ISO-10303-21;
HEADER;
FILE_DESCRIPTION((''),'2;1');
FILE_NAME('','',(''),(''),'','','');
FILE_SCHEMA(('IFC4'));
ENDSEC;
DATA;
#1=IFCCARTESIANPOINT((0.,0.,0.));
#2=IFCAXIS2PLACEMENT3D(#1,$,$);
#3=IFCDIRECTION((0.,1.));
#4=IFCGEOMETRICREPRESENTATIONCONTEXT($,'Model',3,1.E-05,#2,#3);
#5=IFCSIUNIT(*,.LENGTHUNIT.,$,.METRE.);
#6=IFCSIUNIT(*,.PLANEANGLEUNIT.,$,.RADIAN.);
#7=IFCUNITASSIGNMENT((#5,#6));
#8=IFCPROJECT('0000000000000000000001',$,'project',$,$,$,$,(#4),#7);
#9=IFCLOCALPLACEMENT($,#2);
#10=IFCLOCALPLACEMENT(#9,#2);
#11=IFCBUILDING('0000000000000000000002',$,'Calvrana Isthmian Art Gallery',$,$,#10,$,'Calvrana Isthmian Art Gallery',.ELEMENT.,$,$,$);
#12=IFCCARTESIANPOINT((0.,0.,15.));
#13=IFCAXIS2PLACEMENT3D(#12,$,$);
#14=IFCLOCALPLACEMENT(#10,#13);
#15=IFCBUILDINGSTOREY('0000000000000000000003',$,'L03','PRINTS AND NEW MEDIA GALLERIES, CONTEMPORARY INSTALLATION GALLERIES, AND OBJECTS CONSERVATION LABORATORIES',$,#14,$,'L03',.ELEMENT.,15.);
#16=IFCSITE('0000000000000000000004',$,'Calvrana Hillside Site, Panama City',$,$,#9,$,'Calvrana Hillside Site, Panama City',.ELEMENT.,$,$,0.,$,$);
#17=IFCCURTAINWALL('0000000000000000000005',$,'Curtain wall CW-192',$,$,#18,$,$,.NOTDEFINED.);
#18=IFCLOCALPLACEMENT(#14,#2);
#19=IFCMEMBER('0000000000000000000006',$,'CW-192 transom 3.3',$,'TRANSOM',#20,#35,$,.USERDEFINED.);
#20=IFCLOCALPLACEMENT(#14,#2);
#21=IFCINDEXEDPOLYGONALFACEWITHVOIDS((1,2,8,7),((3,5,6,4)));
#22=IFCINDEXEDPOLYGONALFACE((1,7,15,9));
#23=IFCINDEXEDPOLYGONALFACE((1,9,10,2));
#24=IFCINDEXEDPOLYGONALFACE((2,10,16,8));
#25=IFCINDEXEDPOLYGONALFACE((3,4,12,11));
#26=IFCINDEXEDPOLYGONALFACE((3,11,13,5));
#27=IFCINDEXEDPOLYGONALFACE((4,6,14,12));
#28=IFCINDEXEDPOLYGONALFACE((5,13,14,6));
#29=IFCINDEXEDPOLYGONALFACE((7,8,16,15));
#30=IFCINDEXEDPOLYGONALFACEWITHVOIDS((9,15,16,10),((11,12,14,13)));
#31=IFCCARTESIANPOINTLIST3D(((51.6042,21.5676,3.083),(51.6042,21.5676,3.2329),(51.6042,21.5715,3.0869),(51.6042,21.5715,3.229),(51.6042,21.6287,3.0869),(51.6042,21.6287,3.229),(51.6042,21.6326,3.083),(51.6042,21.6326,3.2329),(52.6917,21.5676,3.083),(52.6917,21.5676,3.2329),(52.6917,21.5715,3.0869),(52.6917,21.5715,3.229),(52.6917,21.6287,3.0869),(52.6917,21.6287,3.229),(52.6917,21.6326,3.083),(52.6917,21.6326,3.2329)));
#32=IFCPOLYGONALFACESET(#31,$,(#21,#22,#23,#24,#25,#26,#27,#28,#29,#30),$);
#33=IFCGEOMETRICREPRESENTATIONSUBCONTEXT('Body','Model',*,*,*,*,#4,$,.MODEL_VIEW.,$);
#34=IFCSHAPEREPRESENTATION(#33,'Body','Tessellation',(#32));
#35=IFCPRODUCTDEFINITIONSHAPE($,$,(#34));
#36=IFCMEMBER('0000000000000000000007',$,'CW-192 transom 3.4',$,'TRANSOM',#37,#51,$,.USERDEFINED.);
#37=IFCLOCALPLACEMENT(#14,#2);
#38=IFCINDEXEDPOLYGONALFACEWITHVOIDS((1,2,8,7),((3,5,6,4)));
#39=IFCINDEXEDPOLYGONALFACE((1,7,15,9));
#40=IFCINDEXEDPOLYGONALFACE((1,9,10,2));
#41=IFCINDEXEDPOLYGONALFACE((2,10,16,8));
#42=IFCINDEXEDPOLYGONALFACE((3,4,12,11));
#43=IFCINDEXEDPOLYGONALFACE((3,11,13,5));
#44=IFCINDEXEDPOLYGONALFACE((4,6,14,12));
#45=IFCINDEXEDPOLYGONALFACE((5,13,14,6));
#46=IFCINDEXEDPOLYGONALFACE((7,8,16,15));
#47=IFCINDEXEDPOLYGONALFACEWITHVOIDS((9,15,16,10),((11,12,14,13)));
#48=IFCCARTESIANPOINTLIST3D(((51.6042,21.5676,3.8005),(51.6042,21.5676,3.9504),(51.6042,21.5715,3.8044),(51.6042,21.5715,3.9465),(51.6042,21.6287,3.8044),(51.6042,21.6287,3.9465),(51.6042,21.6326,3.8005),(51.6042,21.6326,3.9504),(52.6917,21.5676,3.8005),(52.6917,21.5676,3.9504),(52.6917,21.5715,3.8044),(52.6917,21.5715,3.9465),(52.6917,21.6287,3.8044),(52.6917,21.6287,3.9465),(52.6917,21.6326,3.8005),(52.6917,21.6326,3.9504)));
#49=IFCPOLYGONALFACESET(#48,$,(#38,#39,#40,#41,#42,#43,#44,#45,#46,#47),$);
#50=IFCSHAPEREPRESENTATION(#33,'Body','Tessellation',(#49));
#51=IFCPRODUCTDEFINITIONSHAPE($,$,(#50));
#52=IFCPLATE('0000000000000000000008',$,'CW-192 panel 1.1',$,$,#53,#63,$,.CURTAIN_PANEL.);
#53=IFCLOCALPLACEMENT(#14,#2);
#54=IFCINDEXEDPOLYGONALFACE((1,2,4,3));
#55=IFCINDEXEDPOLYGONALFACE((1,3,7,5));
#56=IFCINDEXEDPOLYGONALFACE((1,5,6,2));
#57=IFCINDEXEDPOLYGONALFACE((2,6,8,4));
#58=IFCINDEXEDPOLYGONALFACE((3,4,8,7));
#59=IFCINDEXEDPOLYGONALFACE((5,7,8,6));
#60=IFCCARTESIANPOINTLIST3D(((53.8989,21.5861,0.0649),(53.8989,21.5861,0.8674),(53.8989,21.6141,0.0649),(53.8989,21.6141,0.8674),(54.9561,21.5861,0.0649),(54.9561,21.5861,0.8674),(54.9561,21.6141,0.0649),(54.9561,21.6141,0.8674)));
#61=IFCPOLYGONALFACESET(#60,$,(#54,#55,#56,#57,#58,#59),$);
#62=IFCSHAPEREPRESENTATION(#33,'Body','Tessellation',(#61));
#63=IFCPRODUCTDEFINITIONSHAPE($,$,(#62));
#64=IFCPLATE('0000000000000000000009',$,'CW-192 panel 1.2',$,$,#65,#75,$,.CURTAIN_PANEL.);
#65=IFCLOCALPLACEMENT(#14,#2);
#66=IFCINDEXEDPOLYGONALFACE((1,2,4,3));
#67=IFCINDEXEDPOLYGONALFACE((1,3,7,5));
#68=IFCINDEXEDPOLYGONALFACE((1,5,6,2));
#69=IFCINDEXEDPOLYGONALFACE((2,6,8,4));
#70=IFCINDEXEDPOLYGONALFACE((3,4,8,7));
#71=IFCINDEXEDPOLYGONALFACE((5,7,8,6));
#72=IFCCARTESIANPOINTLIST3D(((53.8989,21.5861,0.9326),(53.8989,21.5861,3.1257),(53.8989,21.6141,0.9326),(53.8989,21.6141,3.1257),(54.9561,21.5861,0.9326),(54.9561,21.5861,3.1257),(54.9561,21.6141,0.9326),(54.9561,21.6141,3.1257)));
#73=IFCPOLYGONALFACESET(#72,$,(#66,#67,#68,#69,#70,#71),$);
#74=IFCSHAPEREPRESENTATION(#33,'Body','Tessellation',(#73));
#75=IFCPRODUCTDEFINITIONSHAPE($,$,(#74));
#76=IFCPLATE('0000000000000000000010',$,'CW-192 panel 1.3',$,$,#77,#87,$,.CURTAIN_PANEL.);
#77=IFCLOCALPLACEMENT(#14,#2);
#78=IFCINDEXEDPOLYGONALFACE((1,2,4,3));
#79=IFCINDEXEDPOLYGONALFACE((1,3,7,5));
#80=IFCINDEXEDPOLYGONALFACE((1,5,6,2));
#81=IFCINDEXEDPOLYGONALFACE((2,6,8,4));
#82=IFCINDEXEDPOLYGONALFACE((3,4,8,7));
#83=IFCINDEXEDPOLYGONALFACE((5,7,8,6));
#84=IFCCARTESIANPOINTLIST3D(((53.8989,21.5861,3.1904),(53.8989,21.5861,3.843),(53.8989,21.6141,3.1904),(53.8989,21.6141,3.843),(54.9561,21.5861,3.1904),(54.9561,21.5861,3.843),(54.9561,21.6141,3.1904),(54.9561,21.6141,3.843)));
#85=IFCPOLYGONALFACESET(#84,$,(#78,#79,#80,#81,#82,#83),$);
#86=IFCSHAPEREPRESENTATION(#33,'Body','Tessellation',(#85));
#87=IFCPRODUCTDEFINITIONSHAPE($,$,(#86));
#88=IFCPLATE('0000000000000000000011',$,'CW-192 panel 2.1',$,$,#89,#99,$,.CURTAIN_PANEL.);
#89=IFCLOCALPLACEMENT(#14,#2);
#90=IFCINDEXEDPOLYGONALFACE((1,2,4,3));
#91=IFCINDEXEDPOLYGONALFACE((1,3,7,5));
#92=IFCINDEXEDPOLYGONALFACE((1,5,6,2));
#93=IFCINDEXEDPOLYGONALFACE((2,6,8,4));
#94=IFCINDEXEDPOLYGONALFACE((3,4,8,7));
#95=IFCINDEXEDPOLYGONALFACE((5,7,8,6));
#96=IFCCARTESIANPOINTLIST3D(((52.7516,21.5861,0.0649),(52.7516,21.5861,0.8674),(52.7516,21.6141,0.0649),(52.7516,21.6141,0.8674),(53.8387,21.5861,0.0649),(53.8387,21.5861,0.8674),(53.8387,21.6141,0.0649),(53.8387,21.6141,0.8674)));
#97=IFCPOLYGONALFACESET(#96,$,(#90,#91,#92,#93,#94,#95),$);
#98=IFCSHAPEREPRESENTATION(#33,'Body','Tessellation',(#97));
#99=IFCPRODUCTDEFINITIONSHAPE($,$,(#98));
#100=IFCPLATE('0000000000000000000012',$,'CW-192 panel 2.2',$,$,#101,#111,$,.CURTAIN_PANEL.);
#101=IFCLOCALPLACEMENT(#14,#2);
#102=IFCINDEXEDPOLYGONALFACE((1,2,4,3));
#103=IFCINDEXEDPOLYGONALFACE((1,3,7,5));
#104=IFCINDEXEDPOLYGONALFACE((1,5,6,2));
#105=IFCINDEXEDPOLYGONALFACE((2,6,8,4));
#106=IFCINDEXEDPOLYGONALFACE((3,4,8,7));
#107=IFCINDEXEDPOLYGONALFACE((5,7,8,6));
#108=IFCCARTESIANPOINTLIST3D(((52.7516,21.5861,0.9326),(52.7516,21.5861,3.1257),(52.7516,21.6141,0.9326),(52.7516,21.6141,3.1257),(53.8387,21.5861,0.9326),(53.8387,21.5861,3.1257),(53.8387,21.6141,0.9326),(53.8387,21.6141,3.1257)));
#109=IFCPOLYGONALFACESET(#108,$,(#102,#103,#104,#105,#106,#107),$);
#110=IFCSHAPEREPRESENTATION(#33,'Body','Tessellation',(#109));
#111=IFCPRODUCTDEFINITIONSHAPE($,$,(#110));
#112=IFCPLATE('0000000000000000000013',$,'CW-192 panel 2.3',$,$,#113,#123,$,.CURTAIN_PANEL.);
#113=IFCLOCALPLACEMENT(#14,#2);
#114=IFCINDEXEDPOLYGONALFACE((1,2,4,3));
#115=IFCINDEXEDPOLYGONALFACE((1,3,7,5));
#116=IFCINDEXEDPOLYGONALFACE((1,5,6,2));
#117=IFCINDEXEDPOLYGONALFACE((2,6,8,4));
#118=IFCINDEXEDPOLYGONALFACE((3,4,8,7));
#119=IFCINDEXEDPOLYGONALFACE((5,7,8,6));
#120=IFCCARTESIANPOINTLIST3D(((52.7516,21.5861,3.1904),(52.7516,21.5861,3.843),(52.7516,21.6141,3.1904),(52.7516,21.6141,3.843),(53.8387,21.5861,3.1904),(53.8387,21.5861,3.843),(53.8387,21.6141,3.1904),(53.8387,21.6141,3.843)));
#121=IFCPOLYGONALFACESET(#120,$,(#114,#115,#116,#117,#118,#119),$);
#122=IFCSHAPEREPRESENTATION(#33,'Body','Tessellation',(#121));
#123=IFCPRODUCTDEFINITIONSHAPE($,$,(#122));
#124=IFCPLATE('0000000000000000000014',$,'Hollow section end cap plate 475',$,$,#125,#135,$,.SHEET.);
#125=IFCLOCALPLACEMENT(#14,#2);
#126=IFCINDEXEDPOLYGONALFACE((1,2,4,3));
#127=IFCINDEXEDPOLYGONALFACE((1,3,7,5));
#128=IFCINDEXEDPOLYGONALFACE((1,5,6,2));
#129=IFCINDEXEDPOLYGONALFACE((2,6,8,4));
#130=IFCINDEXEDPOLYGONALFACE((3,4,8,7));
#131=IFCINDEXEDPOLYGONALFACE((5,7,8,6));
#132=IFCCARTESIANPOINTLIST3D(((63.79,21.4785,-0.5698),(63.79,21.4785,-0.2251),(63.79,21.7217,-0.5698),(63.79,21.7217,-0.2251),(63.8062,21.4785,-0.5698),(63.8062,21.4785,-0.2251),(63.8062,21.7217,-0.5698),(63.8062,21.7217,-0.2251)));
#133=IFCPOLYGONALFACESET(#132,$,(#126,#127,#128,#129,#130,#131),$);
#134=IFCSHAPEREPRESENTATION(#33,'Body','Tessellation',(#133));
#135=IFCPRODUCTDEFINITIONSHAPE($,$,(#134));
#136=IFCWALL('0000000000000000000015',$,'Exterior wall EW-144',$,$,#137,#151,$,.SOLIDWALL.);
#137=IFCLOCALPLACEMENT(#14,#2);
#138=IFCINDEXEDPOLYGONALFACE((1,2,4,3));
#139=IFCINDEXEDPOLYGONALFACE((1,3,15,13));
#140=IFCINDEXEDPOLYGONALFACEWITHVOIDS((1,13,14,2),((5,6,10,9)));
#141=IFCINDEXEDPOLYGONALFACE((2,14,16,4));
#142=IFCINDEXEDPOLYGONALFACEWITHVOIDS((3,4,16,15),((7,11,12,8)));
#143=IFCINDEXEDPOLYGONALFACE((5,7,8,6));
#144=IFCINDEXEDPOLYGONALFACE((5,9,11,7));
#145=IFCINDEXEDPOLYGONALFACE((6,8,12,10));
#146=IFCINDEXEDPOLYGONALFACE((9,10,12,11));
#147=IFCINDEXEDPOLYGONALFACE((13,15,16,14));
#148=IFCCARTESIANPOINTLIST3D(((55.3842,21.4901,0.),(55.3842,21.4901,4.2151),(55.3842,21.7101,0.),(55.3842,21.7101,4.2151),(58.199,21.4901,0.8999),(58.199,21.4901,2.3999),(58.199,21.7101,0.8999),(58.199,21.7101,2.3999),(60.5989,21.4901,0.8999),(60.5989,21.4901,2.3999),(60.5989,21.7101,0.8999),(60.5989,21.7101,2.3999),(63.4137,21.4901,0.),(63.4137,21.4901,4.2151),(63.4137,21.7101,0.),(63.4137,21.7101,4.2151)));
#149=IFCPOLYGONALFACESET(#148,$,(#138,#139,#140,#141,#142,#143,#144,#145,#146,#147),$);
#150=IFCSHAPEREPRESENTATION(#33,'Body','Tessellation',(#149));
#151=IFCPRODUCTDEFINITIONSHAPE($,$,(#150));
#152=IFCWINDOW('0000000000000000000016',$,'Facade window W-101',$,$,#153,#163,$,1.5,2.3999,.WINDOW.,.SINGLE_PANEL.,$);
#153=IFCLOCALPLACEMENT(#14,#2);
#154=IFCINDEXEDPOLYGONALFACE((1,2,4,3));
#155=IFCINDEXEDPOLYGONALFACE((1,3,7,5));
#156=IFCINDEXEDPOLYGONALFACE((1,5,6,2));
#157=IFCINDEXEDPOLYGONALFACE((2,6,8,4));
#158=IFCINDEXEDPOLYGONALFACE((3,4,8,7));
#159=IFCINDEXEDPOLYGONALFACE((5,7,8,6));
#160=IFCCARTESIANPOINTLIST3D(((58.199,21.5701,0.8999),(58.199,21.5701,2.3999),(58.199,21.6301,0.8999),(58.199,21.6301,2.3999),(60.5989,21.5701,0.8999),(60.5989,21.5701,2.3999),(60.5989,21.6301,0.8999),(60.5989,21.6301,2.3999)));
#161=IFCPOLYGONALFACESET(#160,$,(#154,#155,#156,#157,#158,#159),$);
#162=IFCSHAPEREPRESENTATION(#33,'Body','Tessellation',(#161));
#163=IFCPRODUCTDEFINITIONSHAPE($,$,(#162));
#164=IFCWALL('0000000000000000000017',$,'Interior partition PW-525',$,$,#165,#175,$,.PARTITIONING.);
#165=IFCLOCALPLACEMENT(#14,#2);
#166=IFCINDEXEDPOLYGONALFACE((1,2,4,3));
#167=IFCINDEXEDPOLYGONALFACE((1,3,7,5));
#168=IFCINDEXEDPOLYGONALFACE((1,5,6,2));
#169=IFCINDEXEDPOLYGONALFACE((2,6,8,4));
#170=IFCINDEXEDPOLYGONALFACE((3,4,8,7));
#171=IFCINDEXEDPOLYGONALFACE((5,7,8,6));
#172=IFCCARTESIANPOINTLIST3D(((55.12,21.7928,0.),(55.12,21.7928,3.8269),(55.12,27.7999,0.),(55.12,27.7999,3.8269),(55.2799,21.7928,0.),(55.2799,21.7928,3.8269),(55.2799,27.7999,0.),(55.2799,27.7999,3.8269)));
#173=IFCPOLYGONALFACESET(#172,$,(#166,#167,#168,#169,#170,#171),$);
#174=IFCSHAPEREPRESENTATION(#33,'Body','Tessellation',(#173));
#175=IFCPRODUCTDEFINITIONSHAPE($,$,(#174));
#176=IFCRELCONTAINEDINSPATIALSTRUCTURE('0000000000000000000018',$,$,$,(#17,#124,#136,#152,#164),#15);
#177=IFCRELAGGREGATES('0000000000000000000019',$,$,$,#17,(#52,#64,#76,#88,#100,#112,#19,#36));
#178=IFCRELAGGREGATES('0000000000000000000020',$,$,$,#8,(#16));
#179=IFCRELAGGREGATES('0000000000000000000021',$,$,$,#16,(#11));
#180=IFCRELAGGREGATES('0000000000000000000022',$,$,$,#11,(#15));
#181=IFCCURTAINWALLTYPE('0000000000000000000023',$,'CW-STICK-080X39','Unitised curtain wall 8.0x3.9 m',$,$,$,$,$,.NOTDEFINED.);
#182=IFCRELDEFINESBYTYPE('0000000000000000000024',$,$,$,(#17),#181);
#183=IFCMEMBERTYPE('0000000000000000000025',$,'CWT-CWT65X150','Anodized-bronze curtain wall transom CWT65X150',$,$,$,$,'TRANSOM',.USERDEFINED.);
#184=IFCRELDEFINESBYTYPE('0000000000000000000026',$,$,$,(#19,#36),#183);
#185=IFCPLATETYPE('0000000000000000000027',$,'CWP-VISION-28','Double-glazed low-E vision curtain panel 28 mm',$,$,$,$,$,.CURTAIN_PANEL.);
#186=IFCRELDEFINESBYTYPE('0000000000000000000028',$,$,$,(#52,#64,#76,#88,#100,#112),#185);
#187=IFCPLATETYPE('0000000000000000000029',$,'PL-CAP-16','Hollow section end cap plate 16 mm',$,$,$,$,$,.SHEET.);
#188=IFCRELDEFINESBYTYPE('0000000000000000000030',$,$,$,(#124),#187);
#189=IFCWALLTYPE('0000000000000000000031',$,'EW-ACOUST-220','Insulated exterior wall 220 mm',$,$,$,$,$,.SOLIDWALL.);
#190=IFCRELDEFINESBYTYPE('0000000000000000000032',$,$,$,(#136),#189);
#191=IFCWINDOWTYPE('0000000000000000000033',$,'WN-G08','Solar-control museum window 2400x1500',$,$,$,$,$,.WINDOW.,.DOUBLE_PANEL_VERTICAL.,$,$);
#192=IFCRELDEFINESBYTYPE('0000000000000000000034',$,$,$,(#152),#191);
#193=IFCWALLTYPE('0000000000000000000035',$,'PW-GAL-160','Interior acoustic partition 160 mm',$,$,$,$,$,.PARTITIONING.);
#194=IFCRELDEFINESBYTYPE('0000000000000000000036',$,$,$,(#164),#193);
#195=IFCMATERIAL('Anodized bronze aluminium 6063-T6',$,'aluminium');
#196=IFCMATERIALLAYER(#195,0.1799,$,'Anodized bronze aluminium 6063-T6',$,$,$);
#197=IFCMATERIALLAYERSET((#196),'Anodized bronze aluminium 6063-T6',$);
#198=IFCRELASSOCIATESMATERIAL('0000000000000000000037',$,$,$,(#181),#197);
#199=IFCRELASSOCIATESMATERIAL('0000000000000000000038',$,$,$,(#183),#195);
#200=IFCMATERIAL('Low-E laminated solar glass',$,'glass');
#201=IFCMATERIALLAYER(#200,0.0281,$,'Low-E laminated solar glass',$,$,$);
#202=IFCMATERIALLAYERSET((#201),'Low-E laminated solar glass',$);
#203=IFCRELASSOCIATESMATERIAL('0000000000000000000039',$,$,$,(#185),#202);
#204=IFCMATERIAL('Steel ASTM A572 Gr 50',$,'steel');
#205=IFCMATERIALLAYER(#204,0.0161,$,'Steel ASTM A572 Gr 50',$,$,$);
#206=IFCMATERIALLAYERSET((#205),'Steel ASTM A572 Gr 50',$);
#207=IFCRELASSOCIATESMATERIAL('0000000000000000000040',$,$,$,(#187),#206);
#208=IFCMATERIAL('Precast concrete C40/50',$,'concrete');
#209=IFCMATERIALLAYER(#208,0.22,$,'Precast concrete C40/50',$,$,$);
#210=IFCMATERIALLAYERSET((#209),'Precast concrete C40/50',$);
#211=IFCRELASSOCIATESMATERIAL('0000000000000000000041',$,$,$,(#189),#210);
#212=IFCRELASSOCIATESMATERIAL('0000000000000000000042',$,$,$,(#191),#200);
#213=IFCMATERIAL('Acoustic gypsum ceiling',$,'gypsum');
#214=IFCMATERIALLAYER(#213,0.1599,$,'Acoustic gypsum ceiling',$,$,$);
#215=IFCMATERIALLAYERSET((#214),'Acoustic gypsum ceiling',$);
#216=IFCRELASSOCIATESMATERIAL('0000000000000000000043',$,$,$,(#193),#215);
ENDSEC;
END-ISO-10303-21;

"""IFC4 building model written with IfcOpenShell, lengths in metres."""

from ifc_helpers import new_model, si_unit, direction, frame, frame_2d, origin, origin_2d, place, context, subcontext, project, spatial, rectangle, hollow_rectangle, extrude, material, layer, layer_set, material_profile, profile_set, type_object, element, fill, aggregate, save


model = new_model("IFC4")

# Units and contexts
model_context = context("Model", 3, precision=1e-05, world=origin(), true_north=direction((0.0, 1.0)))
body_context = subcontext(model_context, "Body", "Model", "MODEL_VIEW")
ifc_project = project(units=[si_unit("LENGTHUNIT", "METRE"), si_unit("PLANEANGLEUNIT", "RADIAN")], contexts=[model_context])

# Site, building, storey
site_placement = place(None, origin())
site = spatial("IfcSite", under=ifc_project, at=site_placement, Name="Calvrana Hillside Site, Panama City", LongName="Calvrana Hillside Site, Panama City", CompositionType="ELEMENT", RefElevation=0.0)
building_placement = place(site_placement, origin())
building = spatial("IfcBuilding", under=site, at=building_placement, Name="Calvrana Isthmian Art Gallery", LongName="Calvrana Isthmian Art Gallery", CompositionType="ELEMENT")
storey_placement = place(building_placement, frame((0.0, 0.0, 15.0)))
storey = spatial("IfcBuildingStorey", under=building, at=storey_placement, Name="L03", Description="PRINTS AND NEW MEDIA GALLERIES, CONTEMPORARY INSTALLATION GALLERIES, AND OBJECTS CONSERVATION LABORATORIES", LongName="L03", CompositionType="ELEMENT", Elevation=15.0)

# Curtain wall, members, plates
ifc_material_1 = material(Name="Anodized bronze aluminium 6063-T6", Category="aluminium")
ifc_layer_1 = layer(ifc_material_1, 0.1799, Name="Anodized bronze aluminium 6063-T6")
ifc_layer_set_1 = layer_set([ifc_layer_1], Name="Anodized bronze aluminium 6063-T6")
curtain_wall_type = type_object("IfcCurtainWallType", Name="CW-STICK-080X39", Description="Unitised curtain wall 8.0x3.9 m", PredefinedType="NOTDEFINED", material=ifc_layer_set_1)
curtain_wall_placement = place(storey_placement, origin())
curtain_wall = element("IfcCurtainWall", 1, at=curtain_wall_placement, inside=storey, type_object=curtain_wall_type, Name="Curtain wall CW-192", PredefinedType="NOTDEFINED")
ifc_material_profile_1 = material_profile(ifc_material_1, hollow_rectangle(XDim=0.0649, YDim=0.1499, WallThickness=0.0039, at=origin_2d()), Name="CWT65X150")
ifc_profile_set_1 = profile_set([ifc_material_profile_1], Name="Anodized bronze aluminium 6063-T6")
member_type_1 = type_object("IfcMemberType", Name="CWT-CWT65X150", Description="Anodized-bronze curtain wall transom CWT65X150", ElementType="TRANSOM", PredefinedType="USERDEFINED", material=ifc_profile_set_1)
member_1_placement = place(storey_placement, frame((52.6917, 21.6001, 3.158), z_axis=(-1.0, 0.0, 0.0), x_axis=(0.0, -1.0, 0.0)))
member_1 = element("IfcMember", 2, at=member_1_placement, type_object=member_type_1, Name="CW-192 transom 3.3", ObjectType="TRANSOM", PredefinedType="USERDEFINED", context=body_context, shape_type="SweptSolid", body=[
    extrude(hollow_rectangle(XDim=0.0649, YDim=0.1499, WallThickness=0.0039, at=origin_2d()), origin(), (0.0, 0.0, 1.0), 1.0874),
])
member_2_placement = place(storey_placement, frame((52.6917, 21.6001, 3.8755), z_axis=(-1.0, 0.0, 0.0), x_axis=(0.0, -1.0, 0.0)))
member_2 = element("IfcMember", 3, at=member_2_placement, type_object=member_type_1, Name="CW-192 transom 3.4", ObjectType="TRANSOM", PredefinedType="USERDEFINED", context=body_context, shape_type="SweptSolid", body=[
    extrude(hollow_rectangle(XDim=0.0649, YDim=0.1499, WallThickness=0.0039, at=origin_2d()), origin(), (0.0, 0.0, 1.0), 1.0874),
])
ifc_material_2 = material(Name="Low-E laminated solar glass", Category="glass")
ifc_layer_2 = layer(ifc_material_2, 0.0281, Name="Low-E laminated solar glass")
ifc_layer_set_2 = layer_set([ifc_layer_2], Name="Low-E laminated solar glass")
plate_type_1 = type_object("IfcPlateType", Name="CWP-VISION-28", Description="Double-glazed low-E vision curtain panel 28 mm", PredefinedType="CURTAIN_PANEL", material=ifc_layer_set_2)
plate_1_placement = place(storey_placement, frame((54.4275, 21.6001, 0.0649), z_axis=(0.0, 0.0, 1.0), x_axis=(-1.0, 0.0, 0.0)))
plate_1 = element("IfcPlate", 4, at=plate_1_placement, type_object=plate_type_1, Name="CW-192 panel 1.1", PredefinedType="CURTAIN_PANEL", context=body_context, shape_type="SweptSolid", body=[
    extrude(rectangle(XDim=1.0571, YDim=0.0281, at=origin_2d()), origin(), (0.0, 0.0, 1.0), 0.8025),
])
plate_2_placement = place(storey_placement, frame((54.4275, 21.6001, 0.9326), z_axis=(0.0, 0.0, 1.0), x_axis=(-1.0, 0.0, 0.0)))
plate_2 = element("IfcPlate", 5, at=plate_2_placement, type_object=plate_type_1, Name="CW-192 panel 1.2", PredefinedType="CURTAIN_PANEL", context=body_context, shape_type="SweptSolid", body=[
    extrude(rectangle(XDim=1.0571, YDim=0.0281, at=origin_2d()), origin(), (0.0, 0.0, 1.0), 2.1931),
])
plate_3_placement = place(storey_placement, frame((54.4275, 21.6001, 3.1904), z_axis=(0.0, 0.0, 1.0), x_axis=(-1.0, 0.0, 0.0)))
plate_3 = element("IfcPlate", 6, at=plate_3_placement, type_object=plate_type_1, Name="CW-192 panel 1.3", PredefinedType="CURTAIN_PANEL", context=body_context, shape_type="SweptSolid", body=[
    extrude(rectangle(XDim=1.0571, YDim=0.0281, at=origin_2d()), origin(), (0.0, 0.0, 1.0), 0.6526),
])
plate_4_placement = place(storey_placement, frame((53.2952, 21.6001, 0.0649), z_axis=(0.0, 0.0, 1.0), x_axis=(-1.0, 0.0, 0.0)))
plate_4 = element("IfcPlate", 7, at=plate_4_placement, type_object=plate_type_1, Name="CW-192 panel 2.1", PredefinedType="CURTAIN_PANEL", context=body_context, shape_type="SweptSolid", body=[
    extrude(rectangle(XDim=1.0872, YDim=0.0281, at=origin_2d()), origin(), (0.0, 0.0, 1.0), 0.8025),
])
plate_5_placement = place(storey_placement, frame((53.2952, 21.6001, 0.9326), z_axis=(0.0, 0.0, 1.0), x_axis=(-1.0, 0.0, 0.0)))
plate_5 = element("IfcPlate", 8, at=plate_5_placement, type_object=plate_type_1, Name="CW-192 panel 2.2", PredefinedType="CURTAIN_PANEL", context=body_context, shape_type="SweptSolid", body=[
    extrude(rectangle(XDim=1.0872, YDim=0.0281, at=origin_2d()), origin(), (0.0, 0.0, 1.0), 2.1931),
])
plate_6_placement = place(storey_placement, frame((53.2952, 21.6001, 3.1904), z_axis=(0.0, 0.0, 1.0), x_axis=(-1.0, 0.0, 0.0)))
plate_6 = element("IfcPlate", 9, at=plate_6_placement, type_object=plate_type_1, Name="CW-192 panel 2.3", PredefinedType="CURTAIN_PANEL", context=body_context, shape_type="SweptSolid", body=[
    extrude(rectangle(XDim=1.0872, YDim=0.0281, at=origin_2d()), origin(), (0.0, 0.0, 1.0), 0.6526),
])
aggregate(curtain_wall, [plate_1, plate_2, plate_3, plate_4, plate_5, plate_6, member_1, member_2])

# Plate
ifc_material_3 = material(Name="Steel ASTM A572 Gr 50", Category="steel")
ifc_layer_3 = layer(ifc_material_3, 0.0161, Name="Steel ASTM A572 Gr 50")
ifc_layer_set_3 = layer_set([ifc_layer_3], Name="Steel ASTM A572 Gr 50")
plate_type_2 = type_object("IfcPlateType", Name="PL-CAP-16", Description="Hollow section end cap plate 16 mm", PredefinedType="SHEET", material=ifc_layer_set_3)
plate_7_placement = place(storey_placement, frame((63.7981, 21.6001, -0.5698), z_axis=(0.0, 0.0, 1.0), x_axis=(1.0, 0.0, 0.0)))
element("IfcPlate", 10, at=plate_7_placement, inside=storey, type_object=plate_type_2, Name="Hollow section end cap plate 475", PredefinedType="SHEET", context=body_context, shape_type="SweptSolid", body=[
    extrude(rectangle(XDim=0.0161, YDim=0.2432, at=origin_2d()), origin(), (0.0, 0.0, 1.0), 0.3447),
])

# Wall, opening, window
ifc_material_4 = material(Name="Precast concrete C40/50", Category="concrete")
ifc_layer_4 = layer(ifc_material_4, 0.22, Name="Precast concrete C40/50")
ifc_layer_set_4 = layer_set([ifc_layer_4], Name="Precast concrete C40/50")
wall_type_1 = type_object("IfcWallType", Name="EW-ACOUST-220", Description="Insulated exterior wall 220 mm", PredefinedType="SOLIDWALL", material=ifc_layer_set_4)
wall_1_placement = place(storey_placement, frame((63.4136, 21.6001, 0.0), z_axis=(0.0, 0.0, 1.0), x_axis=(-1.0, 0.0, 0.0)))
wall_1 = element("IfcWall", 11, at=wall_1_placement, inside=storey, type_object=wall_type_1, Name="Exterior wall EW-144", PredefinedType="SOLIDWALL", context=body_context, shape_type="SweptSolid", body=[
    extrude(rectangle(XDim=8.0295, YDim=0.22, at=frame_2d((4.0146, 0.0))), origin(), (0.0, 0.0, 1.0), 4.2151),
])
opening_placement = place(wall_1_placement, frame((2.8147, 0.0, 0.8999)))
opening = element("IfcOpeningElement", 12, at=opening_placement, cuts=wall_1, PredefinedType="OPENING", context=body_context, shape_type="SweptSolid", body=[
    extrude(rectangle(XDim=2.3999, YDim=1.5, at=frame_2d((1.2, 0.75))), frame((0.0, 0.1201, 0.0), z_axis=(0.0, -1.0, 0.0), x_axis=(1.0, 0.0, 0.0)), (0.0, 0.0, 1.0), 0.2405),
])
window_type = type_object("IfcWindowType", Name="WN-G08", Description="Solar-control museum window 2400x1500", PartitioningType="DOUBLE_PANEL_VERTICAL", PredefinedType="WINDOW", material=ifc_material_2)
window_placement = place(opening_placement, origin())
window = element("IfcWindow", 13, at=window_placement, inside=storey, type_object=window_type, Name="Facade window W-101", OverallHeight=1.5, OverallWidth=2.3999, PartitioningType="SINGLE_PANEL", PredefinedType="WINDOW", context=body_context, shape_type="SweptSolid", body=[
    extrude(rectangle(XDim=2.3999, YDim=1.5, at=frame_2d((1.2, 0.75))), frame((0.0, 0.03, 0.0), z_axis=(0.0, -1.0, 0.0), x_axis=(1.0, 0.0, 0.0)), (0.0, 0.0, 1.0), 0.0601),
])
fill(opening, window)

# Wall
ifc_material_5 = material(Name="Acoustic gypsum ceiling", Category="gypsum")
ifc_layer_5 = layer(ifc_material_5, 0.1599, Name="Acoustic gypsum ceiling")
ifc_layer_set_5 = layer_set([ifc_layer_5], Name="Acoustic gypsum ceiling")
wall_type_2 = type_object("IfcWallType", Name="PW-GAL-160", Description="Interior acoustic partition 160 mm", PredefinedType="PARTITIONING", material=ifc_layer_set_5)
wall_2_placement = place(storey_placement, frame((55.2, 21.793, 0.0), z_axis=(0.0, 0.0, 1.0), x_axis=(0.0, 1.0, 0.0)))
element("IfcWall", 14, at=wall_2_placement, inside=storey, type_object=wall_type_2, Name="Interior partition PW-525", PredefinedType="PARTITIONING", context=body_context, shape_type="SweptSolid", body=[
    extrude(rectangle(XDim=6.0071, YDim=0.1599, at=frame_2d((3.0034, 0.0))), origin(), (0.0, 0.0, 1.0), 3.8269),
])

save(model, "model.ifc")
